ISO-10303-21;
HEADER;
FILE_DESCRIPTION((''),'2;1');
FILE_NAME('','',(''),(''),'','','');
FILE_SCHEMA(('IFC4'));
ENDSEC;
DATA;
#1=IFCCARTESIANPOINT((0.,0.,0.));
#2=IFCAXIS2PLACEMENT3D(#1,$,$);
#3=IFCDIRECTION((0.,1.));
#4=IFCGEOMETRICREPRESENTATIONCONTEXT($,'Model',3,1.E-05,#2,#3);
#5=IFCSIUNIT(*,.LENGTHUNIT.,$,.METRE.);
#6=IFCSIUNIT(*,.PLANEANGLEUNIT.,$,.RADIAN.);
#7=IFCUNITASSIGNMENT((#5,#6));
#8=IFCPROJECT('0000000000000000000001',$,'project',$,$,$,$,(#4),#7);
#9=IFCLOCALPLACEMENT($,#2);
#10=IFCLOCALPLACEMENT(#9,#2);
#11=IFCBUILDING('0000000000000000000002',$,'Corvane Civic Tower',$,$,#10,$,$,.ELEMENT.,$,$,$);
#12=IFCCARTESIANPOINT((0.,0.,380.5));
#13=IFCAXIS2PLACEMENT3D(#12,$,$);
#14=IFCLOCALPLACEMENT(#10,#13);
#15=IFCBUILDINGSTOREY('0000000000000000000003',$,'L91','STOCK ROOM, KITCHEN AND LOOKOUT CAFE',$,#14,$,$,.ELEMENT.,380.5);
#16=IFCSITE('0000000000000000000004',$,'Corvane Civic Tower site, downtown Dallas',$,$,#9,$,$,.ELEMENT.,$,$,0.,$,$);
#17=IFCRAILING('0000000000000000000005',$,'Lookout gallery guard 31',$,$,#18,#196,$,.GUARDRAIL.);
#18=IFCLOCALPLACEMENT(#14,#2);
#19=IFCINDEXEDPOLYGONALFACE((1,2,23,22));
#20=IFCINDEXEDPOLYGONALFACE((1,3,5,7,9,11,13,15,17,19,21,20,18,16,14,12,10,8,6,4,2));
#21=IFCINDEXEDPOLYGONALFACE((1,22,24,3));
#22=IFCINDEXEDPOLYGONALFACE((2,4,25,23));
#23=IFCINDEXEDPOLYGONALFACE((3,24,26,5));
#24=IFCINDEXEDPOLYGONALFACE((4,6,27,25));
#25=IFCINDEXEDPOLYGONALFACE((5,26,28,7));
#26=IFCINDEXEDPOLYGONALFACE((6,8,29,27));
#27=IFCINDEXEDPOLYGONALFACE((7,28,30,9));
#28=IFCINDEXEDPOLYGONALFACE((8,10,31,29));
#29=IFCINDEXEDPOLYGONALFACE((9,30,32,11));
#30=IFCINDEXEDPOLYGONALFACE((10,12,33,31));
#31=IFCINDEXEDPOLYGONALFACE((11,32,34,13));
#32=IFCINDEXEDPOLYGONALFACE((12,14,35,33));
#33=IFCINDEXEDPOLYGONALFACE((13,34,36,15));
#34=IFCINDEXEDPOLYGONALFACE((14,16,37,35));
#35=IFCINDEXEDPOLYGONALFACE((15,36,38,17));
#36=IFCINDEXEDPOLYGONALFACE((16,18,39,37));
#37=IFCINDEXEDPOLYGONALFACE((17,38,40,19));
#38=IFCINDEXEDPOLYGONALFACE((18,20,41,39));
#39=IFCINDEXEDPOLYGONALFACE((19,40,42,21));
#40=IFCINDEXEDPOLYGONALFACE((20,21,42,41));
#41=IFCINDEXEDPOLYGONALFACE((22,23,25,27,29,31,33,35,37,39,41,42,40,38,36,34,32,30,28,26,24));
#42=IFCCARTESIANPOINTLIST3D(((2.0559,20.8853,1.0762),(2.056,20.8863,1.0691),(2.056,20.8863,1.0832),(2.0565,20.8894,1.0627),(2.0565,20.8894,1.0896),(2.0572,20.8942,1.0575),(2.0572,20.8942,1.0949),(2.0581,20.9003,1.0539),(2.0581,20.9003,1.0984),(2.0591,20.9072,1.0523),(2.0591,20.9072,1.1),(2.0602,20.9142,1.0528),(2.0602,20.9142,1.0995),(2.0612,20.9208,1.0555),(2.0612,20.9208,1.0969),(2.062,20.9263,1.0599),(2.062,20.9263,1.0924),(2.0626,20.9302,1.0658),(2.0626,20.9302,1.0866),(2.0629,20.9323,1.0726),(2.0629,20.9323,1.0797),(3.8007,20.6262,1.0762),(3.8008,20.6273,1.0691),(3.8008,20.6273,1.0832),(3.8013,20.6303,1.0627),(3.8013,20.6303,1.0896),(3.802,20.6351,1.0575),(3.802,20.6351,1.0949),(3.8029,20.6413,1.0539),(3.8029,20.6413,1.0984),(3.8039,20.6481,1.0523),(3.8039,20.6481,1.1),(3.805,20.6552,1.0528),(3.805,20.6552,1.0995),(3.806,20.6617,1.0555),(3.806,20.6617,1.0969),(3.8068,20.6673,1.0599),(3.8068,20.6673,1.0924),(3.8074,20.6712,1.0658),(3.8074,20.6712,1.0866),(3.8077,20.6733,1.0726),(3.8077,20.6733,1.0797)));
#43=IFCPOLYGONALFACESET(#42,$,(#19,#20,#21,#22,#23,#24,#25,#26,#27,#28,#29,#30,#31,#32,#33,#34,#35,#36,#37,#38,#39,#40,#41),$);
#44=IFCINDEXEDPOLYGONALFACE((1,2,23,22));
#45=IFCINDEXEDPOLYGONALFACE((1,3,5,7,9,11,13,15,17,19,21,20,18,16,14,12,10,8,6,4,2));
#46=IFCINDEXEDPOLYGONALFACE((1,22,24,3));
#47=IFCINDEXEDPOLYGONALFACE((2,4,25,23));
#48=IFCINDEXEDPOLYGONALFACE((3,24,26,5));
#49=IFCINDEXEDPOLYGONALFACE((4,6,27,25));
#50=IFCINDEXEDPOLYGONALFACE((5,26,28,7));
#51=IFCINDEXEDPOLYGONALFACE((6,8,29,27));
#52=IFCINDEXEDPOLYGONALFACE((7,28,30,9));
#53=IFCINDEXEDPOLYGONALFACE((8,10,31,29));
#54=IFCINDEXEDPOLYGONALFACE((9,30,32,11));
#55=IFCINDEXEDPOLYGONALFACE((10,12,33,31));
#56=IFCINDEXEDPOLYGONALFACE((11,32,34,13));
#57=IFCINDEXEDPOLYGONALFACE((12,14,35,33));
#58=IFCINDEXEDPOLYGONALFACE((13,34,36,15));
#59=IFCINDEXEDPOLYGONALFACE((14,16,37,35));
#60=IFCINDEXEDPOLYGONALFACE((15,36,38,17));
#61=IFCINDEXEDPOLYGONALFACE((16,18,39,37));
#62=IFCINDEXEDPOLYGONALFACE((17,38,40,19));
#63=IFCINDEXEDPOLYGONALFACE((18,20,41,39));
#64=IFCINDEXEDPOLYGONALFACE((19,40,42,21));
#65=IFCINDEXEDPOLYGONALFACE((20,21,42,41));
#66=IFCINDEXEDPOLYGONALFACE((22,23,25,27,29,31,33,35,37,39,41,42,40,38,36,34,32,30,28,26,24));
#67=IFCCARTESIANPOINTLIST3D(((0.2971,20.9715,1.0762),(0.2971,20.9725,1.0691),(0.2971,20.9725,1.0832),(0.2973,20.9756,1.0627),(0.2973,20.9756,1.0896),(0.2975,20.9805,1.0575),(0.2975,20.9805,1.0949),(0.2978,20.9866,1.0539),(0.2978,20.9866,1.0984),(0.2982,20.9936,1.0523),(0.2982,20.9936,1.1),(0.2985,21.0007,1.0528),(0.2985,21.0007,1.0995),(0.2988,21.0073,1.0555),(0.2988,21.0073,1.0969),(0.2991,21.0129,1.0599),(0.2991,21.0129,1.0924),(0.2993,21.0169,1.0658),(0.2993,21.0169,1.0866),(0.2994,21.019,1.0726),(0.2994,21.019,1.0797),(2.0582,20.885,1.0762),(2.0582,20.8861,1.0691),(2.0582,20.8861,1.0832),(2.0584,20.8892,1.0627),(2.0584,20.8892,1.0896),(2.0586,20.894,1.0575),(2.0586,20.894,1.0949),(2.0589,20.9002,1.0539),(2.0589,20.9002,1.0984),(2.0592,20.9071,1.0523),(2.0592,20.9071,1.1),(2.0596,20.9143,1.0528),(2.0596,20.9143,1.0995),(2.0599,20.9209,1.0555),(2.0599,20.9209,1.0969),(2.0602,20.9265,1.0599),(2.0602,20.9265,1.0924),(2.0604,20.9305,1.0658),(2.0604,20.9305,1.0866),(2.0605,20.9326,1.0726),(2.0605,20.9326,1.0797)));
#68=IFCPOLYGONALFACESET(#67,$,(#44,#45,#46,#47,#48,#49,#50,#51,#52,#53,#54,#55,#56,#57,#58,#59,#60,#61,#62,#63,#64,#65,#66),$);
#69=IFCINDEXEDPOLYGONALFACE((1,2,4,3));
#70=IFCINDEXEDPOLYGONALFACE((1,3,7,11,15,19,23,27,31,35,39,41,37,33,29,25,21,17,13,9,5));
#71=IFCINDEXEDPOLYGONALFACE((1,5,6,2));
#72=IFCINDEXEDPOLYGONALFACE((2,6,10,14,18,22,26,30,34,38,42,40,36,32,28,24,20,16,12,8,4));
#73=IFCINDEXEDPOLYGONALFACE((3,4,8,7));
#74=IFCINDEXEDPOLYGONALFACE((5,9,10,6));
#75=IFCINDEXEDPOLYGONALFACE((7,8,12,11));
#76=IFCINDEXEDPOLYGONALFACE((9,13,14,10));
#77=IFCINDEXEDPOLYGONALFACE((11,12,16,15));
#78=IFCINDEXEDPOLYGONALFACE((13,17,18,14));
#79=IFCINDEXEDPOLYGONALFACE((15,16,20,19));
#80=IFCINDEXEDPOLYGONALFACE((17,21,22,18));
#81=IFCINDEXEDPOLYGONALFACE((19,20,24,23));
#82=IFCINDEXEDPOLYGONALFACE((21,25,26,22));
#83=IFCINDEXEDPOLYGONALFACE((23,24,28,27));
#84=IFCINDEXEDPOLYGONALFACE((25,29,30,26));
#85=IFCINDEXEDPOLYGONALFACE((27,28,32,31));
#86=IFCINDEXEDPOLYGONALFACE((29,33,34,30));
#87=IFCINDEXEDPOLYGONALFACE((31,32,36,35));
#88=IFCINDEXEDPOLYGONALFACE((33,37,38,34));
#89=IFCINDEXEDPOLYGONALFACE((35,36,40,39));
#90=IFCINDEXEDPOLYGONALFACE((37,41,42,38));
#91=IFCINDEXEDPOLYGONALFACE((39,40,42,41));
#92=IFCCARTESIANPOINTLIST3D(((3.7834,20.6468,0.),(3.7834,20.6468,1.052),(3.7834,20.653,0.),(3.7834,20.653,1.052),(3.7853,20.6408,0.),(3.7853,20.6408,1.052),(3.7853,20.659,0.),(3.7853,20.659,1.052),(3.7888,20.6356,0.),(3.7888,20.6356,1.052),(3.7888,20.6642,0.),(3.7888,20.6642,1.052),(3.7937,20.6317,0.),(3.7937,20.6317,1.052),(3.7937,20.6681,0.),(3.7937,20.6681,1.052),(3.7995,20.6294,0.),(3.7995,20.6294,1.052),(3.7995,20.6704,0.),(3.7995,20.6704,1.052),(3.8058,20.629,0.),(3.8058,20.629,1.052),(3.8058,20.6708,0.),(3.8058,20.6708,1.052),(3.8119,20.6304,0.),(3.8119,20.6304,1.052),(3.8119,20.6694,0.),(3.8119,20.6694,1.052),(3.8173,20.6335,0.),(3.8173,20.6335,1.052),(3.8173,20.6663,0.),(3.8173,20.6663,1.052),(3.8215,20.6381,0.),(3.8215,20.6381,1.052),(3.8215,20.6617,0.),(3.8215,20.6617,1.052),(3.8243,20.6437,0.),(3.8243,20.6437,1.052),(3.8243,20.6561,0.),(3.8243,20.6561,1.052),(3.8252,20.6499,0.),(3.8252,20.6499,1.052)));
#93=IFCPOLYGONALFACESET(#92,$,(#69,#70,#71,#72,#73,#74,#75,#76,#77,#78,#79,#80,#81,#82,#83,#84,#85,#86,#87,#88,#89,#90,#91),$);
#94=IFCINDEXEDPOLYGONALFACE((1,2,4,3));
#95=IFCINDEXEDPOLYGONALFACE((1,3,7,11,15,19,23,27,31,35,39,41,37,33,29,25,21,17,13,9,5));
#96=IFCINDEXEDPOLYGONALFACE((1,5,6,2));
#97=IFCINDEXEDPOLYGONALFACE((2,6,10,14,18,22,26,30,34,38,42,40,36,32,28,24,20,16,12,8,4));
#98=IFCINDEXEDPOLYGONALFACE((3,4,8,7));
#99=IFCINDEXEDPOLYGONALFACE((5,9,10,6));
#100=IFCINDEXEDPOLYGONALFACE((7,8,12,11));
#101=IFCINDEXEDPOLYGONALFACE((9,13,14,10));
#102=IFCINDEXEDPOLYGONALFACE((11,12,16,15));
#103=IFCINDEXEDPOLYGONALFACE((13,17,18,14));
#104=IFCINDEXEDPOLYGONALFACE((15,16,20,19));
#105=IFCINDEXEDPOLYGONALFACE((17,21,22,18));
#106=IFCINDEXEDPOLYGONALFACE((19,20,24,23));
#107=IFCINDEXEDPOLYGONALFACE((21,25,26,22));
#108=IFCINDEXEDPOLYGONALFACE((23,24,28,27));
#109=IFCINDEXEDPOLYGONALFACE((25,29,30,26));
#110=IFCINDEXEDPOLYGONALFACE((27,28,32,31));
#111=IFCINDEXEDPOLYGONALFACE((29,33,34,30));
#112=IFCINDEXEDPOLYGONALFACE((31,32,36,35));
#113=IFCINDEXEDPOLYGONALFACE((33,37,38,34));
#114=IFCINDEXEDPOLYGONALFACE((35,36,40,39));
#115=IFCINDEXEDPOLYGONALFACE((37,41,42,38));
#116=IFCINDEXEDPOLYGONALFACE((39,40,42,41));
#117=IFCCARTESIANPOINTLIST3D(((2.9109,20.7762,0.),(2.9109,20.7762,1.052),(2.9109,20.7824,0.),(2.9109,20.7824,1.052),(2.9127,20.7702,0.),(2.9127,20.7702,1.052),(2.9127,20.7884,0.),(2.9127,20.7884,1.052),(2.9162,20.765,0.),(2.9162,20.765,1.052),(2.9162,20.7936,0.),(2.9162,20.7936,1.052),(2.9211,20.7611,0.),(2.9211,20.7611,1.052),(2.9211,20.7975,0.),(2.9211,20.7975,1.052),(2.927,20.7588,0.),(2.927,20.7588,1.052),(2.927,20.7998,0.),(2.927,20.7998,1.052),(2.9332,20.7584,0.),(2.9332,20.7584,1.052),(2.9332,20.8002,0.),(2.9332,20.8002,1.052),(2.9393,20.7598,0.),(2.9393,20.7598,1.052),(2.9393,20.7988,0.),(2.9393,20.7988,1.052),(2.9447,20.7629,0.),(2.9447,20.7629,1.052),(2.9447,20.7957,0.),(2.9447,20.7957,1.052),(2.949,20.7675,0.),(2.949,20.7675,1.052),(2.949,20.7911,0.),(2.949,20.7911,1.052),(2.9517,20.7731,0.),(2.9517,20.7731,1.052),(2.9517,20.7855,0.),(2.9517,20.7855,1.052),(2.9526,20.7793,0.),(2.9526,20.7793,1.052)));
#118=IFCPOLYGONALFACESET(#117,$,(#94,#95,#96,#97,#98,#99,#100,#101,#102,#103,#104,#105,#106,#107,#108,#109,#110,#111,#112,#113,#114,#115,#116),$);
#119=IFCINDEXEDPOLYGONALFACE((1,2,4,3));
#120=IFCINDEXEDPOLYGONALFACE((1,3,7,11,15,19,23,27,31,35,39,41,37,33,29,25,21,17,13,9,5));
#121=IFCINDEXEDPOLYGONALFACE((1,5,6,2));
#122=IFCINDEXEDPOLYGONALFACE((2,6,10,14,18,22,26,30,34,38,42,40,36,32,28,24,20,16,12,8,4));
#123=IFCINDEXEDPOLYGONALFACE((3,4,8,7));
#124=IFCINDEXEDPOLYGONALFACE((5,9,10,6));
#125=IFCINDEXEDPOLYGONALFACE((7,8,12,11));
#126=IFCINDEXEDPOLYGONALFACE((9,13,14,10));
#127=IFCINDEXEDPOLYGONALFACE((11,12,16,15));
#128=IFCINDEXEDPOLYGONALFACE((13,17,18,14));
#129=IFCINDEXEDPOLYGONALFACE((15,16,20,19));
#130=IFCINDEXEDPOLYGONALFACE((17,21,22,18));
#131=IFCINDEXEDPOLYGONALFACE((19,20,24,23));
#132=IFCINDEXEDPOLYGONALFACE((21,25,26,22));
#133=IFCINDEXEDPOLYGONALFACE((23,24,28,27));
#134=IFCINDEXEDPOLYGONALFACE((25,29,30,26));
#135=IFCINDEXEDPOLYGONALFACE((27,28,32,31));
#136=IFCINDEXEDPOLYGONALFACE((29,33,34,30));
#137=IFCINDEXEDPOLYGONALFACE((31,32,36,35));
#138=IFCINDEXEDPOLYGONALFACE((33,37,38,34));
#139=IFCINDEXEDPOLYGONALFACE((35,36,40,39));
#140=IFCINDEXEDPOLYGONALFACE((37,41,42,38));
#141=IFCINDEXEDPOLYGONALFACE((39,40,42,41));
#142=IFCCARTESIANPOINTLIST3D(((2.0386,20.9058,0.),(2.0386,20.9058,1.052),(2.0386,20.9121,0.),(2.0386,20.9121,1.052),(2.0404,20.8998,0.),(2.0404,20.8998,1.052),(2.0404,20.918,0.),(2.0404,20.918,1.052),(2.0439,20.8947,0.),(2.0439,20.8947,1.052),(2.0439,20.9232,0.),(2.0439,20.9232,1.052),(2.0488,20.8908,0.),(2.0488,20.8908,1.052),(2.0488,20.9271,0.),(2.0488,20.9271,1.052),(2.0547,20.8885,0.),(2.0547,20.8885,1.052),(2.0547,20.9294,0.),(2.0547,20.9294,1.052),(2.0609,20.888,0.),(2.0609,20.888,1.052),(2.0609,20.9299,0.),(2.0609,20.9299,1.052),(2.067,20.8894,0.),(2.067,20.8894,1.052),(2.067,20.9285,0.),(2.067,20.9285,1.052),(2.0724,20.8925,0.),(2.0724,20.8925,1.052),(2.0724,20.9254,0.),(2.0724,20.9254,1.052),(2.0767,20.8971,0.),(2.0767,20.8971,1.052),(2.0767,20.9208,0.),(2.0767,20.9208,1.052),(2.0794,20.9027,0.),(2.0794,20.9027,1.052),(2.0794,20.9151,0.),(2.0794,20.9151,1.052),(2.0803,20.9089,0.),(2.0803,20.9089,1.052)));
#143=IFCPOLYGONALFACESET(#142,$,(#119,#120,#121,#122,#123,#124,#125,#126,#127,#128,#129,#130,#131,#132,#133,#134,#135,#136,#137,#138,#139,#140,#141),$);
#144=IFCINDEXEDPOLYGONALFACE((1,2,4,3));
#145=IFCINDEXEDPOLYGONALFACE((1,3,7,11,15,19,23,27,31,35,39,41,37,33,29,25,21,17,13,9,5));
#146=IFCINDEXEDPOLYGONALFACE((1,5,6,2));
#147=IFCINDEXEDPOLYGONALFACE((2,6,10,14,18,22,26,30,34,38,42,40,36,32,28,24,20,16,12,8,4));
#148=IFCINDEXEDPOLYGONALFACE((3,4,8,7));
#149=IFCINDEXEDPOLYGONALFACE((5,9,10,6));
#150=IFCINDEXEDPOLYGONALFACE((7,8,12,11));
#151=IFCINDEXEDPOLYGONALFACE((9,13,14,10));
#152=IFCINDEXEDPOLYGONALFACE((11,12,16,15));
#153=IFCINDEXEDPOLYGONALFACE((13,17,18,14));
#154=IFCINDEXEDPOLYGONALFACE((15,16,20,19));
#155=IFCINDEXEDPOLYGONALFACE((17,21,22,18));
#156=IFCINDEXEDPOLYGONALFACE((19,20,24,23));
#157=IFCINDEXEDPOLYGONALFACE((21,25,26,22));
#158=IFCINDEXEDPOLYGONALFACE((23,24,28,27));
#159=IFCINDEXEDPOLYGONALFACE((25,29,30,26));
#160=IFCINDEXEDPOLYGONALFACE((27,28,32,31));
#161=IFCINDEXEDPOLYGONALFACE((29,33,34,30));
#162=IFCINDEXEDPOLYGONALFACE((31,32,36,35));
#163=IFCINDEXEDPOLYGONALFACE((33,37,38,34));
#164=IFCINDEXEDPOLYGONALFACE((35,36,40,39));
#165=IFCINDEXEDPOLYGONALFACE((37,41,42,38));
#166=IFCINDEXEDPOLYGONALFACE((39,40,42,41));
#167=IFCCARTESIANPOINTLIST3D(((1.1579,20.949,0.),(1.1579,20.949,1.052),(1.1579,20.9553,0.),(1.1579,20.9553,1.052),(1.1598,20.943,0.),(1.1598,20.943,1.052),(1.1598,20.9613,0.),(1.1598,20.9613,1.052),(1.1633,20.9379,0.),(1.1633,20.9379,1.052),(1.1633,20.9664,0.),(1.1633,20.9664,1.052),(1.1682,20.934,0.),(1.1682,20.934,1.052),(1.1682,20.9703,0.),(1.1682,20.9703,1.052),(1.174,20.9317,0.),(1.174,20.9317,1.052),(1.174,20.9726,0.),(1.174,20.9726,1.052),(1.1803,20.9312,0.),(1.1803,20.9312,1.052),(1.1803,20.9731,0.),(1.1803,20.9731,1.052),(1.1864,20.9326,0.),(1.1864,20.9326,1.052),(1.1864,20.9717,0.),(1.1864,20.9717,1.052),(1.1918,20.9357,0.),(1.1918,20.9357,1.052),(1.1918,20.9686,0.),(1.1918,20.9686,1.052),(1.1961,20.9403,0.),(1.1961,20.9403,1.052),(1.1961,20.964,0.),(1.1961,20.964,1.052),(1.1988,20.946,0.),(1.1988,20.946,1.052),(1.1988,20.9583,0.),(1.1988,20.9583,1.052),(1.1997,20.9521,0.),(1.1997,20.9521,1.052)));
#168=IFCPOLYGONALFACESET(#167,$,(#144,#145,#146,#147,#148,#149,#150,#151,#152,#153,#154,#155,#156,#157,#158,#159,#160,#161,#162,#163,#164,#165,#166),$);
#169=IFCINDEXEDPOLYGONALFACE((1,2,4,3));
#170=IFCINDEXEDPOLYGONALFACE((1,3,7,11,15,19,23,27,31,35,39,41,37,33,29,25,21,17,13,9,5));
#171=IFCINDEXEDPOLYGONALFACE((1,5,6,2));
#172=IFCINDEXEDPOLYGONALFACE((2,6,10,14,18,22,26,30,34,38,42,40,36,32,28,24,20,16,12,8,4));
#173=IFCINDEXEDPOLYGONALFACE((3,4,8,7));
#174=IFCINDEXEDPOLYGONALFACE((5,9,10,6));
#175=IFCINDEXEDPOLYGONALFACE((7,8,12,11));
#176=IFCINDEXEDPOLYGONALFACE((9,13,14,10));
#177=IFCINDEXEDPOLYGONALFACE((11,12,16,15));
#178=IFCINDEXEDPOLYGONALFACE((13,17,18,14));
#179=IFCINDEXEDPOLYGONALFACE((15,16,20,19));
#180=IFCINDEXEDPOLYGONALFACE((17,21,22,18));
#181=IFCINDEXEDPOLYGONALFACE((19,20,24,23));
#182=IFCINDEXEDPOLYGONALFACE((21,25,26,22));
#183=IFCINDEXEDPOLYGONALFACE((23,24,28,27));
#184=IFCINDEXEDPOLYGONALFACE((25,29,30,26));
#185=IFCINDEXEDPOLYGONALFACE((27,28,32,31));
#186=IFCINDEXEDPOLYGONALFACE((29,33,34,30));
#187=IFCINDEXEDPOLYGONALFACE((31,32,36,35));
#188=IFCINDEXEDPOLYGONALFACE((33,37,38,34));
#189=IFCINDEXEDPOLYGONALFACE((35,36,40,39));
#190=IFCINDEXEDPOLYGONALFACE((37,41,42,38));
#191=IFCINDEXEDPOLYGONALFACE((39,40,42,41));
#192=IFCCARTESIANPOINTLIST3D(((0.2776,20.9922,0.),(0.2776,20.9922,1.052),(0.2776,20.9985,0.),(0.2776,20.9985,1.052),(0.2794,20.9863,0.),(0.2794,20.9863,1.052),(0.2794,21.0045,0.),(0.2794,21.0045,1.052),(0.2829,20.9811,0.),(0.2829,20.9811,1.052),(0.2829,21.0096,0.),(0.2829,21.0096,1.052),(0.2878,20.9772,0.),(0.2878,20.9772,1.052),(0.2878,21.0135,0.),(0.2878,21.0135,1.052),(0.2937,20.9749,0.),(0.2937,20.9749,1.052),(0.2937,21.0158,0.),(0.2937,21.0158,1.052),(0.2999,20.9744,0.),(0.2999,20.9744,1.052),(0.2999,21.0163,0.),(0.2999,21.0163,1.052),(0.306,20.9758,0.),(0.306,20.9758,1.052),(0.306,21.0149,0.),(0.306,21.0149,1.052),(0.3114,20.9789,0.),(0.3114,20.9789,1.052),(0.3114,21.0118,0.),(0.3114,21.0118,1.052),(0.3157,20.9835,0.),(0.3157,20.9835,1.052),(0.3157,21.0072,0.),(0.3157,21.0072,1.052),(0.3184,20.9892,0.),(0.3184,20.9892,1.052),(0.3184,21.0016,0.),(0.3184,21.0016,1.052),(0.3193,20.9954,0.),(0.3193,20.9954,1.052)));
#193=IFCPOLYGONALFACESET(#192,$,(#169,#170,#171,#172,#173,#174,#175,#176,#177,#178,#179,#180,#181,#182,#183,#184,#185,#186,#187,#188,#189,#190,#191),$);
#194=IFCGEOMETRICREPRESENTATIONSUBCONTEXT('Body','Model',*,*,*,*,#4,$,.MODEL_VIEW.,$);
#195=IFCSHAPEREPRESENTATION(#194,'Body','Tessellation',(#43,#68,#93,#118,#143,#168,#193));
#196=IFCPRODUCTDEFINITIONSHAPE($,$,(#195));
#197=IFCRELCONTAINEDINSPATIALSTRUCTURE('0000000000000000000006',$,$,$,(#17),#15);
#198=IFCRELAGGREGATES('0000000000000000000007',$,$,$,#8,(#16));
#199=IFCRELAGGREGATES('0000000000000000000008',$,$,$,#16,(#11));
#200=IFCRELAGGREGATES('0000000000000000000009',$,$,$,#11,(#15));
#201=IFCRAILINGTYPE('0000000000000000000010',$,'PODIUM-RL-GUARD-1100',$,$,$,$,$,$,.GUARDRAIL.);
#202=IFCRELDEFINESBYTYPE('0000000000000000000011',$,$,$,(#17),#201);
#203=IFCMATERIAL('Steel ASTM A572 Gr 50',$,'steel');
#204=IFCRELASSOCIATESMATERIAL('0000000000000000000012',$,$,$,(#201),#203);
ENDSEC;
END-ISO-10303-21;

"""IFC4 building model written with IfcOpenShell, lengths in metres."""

from ifc_helpers import new_model, si_unit, direction, frame, origin, origin_2d, place, context, subcontext, project, spatial, circle, extrude, material, type_object, element, save


model = new_model("IFC4")

# Units and contexts
model_context = context("Model", 3, precision=1e-05, world=origin(), true_north=direction((0.0, 1.0)))
body_context = subcontext(model_context, "Body", "Model", "MODEL_VIEW")
ifc_project = project(units=[si_unit("LENGTHUNIT", "METRE"), si_unit("PLANEANGLEUNIT", "RADIAN")], contexts=[model_context])

# Site, building, storey
site_placement = place(None, origin())
site = spatial("IfcSite", under=ifc_project, at=site_placement, Name="Corvane Civic Tower site, downtown Dallas", CompositionType="ELEMENT", RefElevation=0.0)
building_placement = place(site_placement, origin())
building = spatial("IfcBuilding", under=site, at=building_placement, Name="Corvane Civic Tower", CompositionType="ELEMENT")
storey_placement = place(building_placement, frame((0.0, 0.0, 380.5)))
storey = spatial("IfcBuildingStorey", under=building, at=storey_placement, Name="L91", Description="STOCK ROOM, KITCHEN AND LOOKOUT CAFE", CompositionType="ELEMENT", Elevation=380.5)

# Railing
ifc_material_1 = material(Name="Steel ASTM A572 Gr 50", Category="steel")
railing_type = type_object("IfcRailingType", Name="PODIUM-RL-GUARD-1100", PredefinedType="GUARDRAIL", material=ifc_material_1)
railing_placement = place(storey_placement, frame((3.8042, 20.6499, 0.0)))
element("IfcRailing", 1, at=railing_placement, inside=storey, type_object=railing_type, Name="Lookout gallery guard 31", PredefinedType="GUARDRAIL", context=body_context, shape_type="SweptSolid", body=[
    extrude(circle(Radius=0.0239, at=origin_2d()), frame((0.0, 0.0, 1.0762), z_axis=(-0.98916, 0.146845, 0.0), x_axis=(-0.146845, -0.98916, 0.0)), (0.0, 0.0, 1.0), 1.7639),
    extrude(circle(Radius=0.0239, at=origin_2d()), frame((-1.7449, 0.259, 1.0762), z_axis=(-0.998798, 0.049019, 0.0), x_axis=(-0.049019, -0.998798, 0.0)), (0.0, 0.0, 1.0), 1.7632),
    extrude(circle(Radius=0.021, at=origin_2d()), origin(), (0.0, 0.0, 1.0), 1.052),
    extrude(circle(Radius=0.021, at=origin_2d()), frame((-0.8726, 0.1294, 0.0)), (0.0, 0.0, 1.0), 1.052),
    extrude(circle(Radius=0.021, at=origin_2d()), frame((-1.7449, 0.259, 0.0)), (0.0, 0.0, 1.0), 1.052),
    extrude(circle(Radius=0.021, at=origin_2d()), frame((-2.6255, 0.3022, 0.0)), (0.0, 0.0, 1.0), 1.052),
    extrude(circle(Radius=0.021, at=origin_2d()), frame((-3.5059, 0.3455, 0.0)), (0.0, 0.0, 1.0), 1.052),
])

save(model, "model.ifc")
